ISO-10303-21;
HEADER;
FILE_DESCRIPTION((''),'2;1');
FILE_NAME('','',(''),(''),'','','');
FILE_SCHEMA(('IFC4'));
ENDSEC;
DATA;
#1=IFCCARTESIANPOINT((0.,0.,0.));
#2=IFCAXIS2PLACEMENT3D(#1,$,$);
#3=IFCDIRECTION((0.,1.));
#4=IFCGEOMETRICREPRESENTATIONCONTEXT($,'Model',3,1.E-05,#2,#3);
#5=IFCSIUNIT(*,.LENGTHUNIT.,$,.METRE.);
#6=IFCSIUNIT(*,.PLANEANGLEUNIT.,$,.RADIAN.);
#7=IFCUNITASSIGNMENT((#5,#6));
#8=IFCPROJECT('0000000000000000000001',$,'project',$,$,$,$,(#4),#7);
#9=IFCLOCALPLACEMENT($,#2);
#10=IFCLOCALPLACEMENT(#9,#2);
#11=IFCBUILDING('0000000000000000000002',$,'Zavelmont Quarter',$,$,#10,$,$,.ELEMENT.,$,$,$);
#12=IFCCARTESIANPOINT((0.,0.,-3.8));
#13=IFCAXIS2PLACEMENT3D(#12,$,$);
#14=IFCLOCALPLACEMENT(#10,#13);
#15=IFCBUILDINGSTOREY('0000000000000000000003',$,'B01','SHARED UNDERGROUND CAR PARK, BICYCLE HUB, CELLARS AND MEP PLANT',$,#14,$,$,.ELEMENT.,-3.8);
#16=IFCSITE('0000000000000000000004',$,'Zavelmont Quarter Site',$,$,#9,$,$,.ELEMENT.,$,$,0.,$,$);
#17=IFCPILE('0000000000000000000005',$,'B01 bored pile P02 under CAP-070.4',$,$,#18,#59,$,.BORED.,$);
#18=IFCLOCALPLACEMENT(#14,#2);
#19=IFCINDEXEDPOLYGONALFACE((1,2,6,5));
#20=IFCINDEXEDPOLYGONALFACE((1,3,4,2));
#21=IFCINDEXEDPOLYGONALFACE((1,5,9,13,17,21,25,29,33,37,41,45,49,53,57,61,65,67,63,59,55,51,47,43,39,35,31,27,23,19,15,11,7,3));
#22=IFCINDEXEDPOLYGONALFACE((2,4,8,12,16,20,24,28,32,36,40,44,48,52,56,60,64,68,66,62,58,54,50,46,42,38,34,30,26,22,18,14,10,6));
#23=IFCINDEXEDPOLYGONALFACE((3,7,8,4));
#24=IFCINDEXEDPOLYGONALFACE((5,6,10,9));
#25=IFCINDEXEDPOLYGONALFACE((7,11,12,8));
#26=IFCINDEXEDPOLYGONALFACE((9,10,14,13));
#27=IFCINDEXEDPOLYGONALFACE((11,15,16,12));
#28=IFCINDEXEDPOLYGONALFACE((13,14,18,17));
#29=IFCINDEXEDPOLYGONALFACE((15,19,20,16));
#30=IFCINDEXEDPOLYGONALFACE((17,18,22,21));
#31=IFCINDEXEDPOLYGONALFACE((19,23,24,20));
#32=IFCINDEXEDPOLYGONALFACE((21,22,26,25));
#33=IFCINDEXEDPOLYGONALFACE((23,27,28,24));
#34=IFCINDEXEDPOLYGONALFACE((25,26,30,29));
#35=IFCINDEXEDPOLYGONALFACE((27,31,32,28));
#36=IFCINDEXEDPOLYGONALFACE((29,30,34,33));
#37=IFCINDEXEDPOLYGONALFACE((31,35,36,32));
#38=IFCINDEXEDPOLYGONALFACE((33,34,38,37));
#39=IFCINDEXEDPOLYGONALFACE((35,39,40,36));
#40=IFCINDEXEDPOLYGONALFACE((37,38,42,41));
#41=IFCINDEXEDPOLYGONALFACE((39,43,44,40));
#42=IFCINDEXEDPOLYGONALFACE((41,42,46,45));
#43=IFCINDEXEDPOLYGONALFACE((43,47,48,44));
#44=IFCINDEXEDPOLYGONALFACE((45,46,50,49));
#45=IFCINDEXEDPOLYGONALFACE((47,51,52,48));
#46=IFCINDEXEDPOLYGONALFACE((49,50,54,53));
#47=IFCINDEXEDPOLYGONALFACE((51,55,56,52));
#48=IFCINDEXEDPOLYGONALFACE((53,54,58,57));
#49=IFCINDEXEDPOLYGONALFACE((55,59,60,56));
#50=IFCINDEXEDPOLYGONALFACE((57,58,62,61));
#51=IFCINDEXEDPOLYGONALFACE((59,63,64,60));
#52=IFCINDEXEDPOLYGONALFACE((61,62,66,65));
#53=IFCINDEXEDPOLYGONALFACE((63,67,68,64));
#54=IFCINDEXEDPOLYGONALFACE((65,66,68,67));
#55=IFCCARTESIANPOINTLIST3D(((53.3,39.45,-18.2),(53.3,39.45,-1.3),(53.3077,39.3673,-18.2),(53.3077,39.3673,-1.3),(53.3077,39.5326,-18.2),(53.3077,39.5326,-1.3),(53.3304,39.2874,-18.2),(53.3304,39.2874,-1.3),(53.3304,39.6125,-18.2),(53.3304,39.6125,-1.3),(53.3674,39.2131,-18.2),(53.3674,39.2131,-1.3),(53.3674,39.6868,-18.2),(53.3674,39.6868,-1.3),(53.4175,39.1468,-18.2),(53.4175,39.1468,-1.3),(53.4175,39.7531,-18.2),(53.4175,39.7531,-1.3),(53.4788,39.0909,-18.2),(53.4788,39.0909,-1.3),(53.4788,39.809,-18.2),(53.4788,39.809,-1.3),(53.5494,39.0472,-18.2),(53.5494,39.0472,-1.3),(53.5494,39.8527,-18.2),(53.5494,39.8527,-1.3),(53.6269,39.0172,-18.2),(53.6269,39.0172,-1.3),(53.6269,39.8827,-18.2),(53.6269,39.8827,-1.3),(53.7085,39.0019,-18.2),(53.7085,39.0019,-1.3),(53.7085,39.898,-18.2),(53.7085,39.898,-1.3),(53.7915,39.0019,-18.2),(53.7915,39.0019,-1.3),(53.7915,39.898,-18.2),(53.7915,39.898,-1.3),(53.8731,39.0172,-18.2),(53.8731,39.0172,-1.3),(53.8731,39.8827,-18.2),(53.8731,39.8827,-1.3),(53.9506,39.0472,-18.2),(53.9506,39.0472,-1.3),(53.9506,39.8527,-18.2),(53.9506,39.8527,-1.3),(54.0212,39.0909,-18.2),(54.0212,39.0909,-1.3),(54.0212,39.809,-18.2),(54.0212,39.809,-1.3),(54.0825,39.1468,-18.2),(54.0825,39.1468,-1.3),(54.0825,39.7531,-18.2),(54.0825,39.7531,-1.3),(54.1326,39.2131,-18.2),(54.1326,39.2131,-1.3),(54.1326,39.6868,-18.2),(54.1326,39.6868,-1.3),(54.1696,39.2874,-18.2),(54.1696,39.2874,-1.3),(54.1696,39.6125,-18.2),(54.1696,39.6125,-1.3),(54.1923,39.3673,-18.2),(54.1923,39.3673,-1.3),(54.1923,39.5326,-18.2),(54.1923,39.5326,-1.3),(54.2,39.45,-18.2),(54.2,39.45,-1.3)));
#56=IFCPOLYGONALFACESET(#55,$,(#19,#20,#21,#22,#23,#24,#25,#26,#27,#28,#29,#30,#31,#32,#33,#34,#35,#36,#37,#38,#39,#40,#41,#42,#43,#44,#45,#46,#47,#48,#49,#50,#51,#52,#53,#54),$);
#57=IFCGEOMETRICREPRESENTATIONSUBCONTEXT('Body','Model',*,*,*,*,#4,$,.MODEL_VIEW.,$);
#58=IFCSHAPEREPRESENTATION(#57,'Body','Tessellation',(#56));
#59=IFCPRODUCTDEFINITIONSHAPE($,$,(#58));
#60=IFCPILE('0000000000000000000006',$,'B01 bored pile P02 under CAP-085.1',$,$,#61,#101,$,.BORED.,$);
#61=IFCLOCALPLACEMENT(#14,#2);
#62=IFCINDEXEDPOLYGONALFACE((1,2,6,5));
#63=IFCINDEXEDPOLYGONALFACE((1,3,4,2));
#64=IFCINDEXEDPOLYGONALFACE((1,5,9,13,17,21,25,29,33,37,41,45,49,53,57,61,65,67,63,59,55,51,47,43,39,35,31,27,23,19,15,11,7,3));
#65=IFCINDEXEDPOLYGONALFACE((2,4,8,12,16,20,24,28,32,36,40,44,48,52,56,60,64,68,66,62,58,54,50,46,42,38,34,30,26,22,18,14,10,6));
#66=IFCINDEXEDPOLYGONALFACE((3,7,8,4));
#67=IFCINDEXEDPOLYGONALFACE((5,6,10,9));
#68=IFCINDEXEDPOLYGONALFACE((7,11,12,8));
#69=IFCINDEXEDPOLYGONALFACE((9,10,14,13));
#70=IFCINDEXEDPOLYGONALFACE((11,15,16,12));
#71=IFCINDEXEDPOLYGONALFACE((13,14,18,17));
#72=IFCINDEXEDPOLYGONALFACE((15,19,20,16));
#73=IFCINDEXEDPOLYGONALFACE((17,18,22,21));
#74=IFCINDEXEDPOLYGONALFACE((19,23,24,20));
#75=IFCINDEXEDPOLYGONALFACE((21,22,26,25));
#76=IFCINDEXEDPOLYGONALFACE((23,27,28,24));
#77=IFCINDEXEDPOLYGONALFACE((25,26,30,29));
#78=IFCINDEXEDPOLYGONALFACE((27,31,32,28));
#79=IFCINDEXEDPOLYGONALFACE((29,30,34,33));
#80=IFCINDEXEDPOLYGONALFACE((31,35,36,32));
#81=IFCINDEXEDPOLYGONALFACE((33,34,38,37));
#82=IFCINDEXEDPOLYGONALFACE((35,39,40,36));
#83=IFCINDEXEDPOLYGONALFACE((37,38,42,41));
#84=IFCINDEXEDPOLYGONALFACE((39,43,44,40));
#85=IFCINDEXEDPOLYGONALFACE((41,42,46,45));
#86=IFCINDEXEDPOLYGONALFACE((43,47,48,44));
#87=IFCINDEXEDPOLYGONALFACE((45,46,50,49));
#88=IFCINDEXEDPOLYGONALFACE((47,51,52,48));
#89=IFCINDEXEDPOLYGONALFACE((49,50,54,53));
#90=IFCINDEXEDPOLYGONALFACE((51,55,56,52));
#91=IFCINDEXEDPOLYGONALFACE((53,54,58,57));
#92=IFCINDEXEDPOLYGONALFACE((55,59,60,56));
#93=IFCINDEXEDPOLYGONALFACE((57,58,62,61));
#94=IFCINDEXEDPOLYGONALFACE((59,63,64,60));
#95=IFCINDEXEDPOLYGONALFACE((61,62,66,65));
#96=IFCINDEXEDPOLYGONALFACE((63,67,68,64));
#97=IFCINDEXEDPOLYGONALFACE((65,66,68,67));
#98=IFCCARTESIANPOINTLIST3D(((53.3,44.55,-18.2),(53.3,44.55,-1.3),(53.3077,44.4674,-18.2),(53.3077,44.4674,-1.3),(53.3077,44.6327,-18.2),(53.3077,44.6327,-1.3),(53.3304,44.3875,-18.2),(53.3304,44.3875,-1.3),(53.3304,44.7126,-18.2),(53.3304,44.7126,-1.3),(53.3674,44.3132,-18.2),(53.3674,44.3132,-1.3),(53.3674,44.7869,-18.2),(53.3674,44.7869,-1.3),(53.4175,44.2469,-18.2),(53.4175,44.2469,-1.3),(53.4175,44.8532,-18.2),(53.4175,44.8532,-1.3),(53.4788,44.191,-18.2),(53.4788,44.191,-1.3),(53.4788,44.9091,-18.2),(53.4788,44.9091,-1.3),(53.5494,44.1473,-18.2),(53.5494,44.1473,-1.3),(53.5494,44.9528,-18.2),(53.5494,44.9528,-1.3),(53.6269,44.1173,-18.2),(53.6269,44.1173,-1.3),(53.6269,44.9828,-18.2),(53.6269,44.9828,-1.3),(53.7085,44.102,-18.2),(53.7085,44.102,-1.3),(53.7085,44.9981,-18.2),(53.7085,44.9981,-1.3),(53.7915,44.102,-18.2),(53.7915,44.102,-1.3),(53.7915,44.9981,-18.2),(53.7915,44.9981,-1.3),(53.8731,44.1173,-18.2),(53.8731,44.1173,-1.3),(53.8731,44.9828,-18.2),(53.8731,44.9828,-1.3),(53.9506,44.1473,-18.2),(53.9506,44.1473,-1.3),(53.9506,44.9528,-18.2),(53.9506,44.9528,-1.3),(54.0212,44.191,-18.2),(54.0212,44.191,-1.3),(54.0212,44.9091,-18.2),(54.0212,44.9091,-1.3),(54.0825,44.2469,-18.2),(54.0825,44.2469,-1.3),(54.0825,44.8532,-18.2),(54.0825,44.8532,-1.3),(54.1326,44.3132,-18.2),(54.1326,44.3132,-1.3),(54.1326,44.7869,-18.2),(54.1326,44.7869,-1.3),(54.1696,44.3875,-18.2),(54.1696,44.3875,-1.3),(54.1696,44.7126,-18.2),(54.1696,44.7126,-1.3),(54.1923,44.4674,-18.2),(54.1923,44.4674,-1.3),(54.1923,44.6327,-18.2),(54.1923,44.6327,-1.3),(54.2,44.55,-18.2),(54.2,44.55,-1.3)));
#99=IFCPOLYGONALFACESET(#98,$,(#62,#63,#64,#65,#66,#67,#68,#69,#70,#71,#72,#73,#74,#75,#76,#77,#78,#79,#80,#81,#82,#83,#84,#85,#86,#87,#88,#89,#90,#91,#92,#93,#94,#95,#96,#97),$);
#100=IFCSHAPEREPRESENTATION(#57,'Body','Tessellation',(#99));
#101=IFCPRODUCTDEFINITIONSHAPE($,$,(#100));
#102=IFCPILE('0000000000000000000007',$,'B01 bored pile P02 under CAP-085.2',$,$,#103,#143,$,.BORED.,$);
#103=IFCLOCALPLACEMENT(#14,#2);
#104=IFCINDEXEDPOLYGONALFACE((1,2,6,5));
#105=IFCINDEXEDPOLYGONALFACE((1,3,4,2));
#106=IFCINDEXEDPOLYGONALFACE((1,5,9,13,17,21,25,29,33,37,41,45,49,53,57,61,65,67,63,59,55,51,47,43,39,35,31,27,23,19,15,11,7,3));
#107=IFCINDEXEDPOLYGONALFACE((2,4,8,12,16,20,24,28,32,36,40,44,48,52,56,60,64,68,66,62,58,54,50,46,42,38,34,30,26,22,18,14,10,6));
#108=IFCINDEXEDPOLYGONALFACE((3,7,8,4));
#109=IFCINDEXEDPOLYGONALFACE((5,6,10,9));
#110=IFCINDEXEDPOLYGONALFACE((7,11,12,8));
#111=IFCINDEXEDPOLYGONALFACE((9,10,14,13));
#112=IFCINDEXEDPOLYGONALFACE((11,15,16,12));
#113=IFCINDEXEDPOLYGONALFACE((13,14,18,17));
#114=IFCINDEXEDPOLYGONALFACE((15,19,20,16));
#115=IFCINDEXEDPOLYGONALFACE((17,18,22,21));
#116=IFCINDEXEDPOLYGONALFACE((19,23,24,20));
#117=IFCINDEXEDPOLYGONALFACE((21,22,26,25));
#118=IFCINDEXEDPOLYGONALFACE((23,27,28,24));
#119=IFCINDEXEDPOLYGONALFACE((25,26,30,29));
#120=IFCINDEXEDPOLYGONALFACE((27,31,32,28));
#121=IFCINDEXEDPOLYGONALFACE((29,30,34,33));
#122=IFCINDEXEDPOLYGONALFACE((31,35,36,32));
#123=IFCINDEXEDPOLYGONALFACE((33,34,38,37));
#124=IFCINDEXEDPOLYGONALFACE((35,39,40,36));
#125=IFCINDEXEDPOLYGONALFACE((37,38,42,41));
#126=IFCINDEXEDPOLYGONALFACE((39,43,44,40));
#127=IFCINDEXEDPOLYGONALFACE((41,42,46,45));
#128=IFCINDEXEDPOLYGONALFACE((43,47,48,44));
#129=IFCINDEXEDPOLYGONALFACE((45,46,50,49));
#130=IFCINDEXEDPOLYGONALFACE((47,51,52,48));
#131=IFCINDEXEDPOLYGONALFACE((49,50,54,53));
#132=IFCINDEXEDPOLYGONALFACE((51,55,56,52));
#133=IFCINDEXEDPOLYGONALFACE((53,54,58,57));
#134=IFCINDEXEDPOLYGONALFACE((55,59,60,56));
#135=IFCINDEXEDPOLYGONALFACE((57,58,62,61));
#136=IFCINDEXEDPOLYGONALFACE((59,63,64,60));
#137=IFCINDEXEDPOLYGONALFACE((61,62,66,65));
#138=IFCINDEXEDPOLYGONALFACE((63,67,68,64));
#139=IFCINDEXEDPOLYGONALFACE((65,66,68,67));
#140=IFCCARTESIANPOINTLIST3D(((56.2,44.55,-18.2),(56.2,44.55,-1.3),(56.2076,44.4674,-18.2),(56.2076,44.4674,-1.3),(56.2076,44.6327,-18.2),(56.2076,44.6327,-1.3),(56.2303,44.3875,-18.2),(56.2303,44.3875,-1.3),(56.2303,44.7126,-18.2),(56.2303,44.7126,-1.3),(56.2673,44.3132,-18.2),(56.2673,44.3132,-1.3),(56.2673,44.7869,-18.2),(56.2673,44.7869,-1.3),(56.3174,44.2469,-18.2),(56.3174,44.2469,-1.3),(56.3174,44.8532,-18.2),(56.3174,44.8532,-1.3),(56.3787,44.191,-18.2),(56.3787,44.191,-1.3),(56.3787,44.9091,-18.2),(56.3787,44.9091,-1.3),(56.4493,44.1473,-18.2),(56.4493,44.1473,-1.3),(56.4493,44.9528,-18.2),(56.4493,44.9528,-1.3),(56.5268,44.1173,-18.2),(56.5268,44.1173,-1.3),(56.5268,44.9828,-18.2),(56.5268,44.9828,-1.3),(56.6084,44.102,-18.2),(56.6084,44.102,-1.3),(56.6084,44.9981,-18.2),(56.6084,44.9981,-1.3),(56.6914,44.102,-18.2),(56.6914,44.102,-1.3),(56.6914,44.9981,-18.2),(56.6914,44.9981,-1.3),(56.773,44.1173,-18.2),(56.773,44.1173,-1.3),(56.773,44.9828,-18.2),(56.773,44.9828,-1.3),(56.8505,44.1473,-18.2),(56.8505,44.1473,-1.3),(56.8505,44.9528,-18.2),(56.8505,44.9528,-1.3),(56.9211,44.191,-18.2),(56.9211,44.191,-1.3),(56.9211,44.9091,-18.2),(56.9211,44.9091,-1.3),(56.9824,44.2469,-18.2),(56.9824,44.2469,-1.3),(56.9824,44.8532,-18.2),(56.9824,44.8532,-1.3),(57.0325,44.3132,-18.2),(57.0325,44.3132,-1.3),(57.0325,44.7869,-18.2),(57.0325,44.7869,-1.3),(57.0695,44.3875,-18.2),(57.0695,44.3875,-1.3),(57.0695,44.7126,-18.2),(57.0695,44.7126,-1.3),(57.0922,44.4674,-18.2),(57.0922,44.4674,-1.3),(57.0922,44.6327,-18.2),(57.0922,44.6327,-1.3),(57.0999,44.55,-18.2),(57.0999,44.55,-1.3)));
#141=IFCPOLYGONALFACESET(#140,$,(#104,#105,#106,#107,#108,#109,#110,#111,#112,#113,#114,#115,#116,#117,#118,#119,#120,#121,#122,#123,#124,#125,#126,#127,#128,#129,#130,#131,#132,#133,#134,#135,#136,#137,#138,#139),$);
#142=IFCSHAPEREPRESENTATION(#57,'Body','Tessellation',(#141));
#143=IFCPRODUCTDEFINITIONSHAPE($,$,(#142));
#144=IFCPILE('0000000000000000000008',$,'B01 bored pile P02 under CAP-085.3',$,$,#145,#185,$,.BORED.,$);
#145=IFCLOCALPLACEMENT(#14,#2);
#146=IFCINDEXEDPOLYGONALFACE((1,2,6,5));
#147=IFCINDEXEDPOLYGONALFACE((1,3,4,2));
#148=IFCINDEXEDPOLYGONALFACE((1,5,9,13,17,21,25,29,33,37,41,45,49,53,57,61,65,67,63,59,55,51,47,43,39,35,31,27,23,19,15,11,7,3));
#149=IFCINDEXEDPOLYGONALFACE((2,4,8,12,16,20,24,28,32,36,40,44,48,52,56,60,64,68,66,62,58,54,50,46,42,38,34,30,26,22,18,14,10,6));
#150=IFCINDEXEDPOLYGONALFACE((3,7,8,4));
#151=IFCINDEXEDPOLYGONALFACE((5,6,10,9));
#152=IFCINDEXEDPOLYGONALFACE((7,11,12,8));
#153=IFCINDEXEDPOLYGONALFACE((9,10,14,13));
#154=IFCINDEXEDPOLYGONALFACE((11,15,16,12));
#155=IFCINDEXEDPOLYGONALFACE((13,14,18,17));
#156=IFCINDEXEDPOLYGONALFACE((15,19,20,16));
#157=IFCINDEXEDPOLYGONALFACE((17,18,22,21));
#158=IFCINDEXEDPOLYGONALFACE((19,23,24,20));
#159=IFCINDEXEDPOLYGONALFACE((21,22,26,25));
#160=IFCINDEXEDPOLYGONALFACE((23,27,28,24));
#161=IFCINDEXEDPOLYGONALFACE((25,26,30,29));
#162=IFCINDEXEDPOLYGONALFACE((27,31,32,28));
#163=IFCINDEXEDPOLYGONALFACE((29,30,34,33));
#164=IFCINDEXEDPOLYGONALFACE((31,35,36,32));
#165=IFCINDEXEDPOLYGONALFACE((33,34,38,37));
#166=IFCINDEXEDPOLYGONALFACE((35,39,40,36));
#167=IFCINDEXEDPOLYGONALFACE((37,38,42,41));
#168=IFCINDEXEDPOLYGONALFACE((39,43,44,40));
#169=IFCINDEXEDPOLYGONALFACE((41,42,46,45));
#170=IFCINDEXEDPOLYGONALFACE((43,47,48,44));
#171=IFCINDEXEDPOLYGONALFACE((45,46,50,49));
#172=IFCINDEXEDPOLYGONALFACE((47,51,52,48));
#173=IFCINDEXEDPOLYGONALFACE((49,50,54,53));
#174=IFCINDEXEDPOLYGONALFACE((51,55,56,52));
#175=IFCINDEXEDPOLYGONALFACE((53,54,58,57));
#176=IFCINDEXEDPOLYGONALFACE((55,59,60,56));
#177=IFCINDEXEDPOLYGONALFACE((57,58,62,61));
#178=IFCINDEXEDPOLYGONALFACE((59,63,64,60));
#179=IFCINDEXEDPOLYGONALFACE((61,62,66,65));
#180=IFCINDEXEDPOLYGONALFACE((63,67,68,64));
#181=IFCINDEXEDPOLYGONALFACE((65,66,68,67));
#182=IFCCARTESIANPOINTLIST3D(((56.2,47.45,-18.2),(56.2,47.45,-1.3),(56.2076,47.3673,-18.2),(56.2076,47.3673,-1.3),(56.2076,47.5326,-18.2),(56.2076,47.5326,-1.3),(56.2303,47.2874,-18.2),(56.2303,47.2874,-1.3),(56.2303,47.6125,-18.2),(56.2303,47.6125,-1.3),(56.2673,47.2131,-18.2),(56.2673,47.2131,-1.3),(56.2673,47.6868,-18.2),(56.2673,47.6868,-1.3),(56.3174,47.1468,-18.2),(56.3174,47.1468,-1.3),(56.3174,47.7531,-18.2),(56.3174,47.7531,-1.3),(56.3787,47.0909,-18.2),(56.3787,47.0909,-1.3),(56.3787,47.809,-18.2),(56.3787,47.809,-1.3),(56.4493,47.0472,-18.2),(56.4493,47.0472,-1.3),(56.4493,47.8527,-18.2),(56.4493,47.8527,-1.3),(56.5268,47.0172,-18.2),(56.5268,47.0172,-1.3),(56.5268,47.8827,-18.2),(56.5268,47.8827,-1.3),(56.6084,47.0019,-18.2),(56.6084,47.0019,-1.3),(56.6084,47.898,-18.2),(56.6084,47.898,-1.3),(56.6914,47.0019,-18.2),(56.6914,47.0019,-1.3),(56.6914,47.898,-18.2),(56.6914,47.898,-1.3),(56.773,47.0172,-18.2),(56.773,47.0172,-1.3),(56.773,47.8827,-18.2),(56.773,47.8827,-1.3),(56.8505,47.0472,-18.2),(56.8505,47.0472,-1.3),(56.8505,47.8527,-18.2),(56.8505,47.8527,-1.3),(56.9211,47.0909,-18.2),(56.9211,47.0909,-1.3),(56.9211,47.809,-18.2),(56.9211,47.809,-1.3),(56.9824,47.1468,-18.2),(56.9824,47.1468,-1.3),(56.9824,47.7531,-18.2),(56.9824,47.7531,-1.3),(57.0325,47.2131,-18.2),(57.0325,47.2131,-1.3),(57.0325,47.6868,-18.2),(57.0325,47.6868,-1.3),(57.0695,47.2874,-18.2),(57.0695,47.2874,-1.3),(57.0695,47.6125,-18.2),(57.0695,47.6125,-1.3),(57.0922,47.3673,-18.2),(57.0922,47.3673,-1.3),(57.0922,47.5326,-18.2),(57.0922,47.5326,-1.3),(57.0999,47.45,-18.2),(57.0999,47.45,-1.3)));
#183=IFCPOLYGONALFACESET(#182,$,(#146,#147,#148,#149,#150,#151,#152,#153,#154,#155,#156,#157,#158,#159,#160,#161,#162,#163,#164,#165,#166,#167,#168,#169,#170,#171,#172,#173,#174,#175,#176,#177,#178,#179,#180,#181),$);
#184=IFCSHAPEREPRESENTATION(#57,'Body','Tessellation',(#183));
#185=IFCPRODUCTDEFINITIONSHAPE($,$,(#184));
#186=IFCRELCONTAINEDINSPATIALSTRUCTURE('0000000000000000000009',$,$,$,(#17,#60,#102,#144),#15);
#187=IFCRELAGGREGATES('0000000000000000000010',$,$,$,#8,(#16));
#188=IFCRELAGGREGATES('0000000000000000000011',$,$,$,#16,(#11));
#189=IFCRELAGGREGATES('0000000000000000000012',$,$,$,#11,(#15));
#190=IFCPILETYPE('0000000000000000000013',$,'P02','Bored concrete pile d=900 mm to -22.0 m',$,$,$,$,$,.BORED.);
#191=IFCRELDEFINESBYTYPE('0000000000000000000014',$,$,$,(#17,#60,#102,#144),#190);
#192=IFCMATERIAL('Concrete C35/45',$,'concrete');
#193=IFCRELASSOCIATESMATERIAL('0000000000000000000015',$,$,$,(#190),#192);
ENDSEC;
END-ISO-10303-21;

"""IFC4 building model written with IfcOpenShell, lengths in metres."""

from ifc_helpers import new_model, si_unit, direction, frame, origin, origin_2d, place, context, subcontext, project, spatial, circle, extrude, material, material_profile, profile_set, type_object, element, save


model = new_model("IFC4")

# Units and contexts
model_context = context("Model", 3, precision=1e-05, world=origin(), true_north=direction((0.0, 1.0)))
body_context = subcontext(model_context, "Body", "Model", "MODEL_VIEW")
ifc_project = project(units=[si_unit("LENGTHUNIT", "METRE"), si_unit("PLANEANGLEUNIT", "RADIAN")], contexts=[model_context])

# Site, building, storey
site_placement = place(None, origin())
site = spatial("IfcSite", under=ifc_project, at=site_placement, Name="Zavelmont Quarter Site", CompositionType="ELEMENT", RefElevation=0.0)
building_placement = place(site_placement, origin())
building = spatial("IfcBuilding", under=site, at=building_placement, Name="Zavelmont Quarter", CompositionType="ELEMENT")
storey_placement = place(building_placement, frame((0.0, 0.0, -3.8)))
storey = spatial("IfcBuildingStorey", under=building, at=storey_placement, Name="B01", Description="SHARED UNDERGROUND CAR PARK, BICYCLE HUB, CELLARS AND MEP PLANT", CompositionType="ELEMENT", Elevation=-3.8)

# Shared definitions
ifc_material_1 = material(Name="Concrete C35/45", Category="concrete")

# Piles
ifc_material_profile_1 = material_profile(ifc_material_1, circle(Radius=0.45, at=origin_2d()), Name="BP900")
ifc_profile_set_1 = profile_set([ifc_material_profile_1], Name="Concrete C35/45")
pile_type_1 = type_object("IfcPileType", Name="P02", Description="Bored concrete pile d=900 mm to -22.0 m", PredefinedType="BORED", material=ifc_profile_set_1)
for number, where, z_axis, x_axis, name in (
    (1, (53.75, 39.45, -1.3), (0.0, 0.0, -1.0), (1.0, 0.0, 0.0), "B01 bored pile P02 under CAP-070.4"),
    (2, (53.75, 44.55, -1.3), (0.0, 0.0, -1.0), (1.0, 0.0, 0.0), "B01 bored pile P02 under CAP-085.1"),
    (3, (56.6499, 44.55, -1.3), (0.0, 0.0, -1.0), (1.0, 0.0, 0.0), "B01 bored pile P02 under CAP-085.2"),
    (4, (56.6499, 47.45, -1.3), (0.0, 0.0, -1.0), (1.0, 0.0, 0.0), "B01 bored pile P02 under CAP-085.3"),
):
    element("IfcPile", number, at=place(storey_placement, frame(where, z_axis=z_axis, x_axis=x_axis)), inside=storey, type_object=pile_type_1, Name=name, PredefinedType="BORED", context=body_context, shape_type="SweptSolid", body=[
        extrude(circle(Radius=0.45, at=origin_2d()), origin(), (0.0, 0.0, 1.0), 16.8999),
    ])

save(model, "model.ifc")
